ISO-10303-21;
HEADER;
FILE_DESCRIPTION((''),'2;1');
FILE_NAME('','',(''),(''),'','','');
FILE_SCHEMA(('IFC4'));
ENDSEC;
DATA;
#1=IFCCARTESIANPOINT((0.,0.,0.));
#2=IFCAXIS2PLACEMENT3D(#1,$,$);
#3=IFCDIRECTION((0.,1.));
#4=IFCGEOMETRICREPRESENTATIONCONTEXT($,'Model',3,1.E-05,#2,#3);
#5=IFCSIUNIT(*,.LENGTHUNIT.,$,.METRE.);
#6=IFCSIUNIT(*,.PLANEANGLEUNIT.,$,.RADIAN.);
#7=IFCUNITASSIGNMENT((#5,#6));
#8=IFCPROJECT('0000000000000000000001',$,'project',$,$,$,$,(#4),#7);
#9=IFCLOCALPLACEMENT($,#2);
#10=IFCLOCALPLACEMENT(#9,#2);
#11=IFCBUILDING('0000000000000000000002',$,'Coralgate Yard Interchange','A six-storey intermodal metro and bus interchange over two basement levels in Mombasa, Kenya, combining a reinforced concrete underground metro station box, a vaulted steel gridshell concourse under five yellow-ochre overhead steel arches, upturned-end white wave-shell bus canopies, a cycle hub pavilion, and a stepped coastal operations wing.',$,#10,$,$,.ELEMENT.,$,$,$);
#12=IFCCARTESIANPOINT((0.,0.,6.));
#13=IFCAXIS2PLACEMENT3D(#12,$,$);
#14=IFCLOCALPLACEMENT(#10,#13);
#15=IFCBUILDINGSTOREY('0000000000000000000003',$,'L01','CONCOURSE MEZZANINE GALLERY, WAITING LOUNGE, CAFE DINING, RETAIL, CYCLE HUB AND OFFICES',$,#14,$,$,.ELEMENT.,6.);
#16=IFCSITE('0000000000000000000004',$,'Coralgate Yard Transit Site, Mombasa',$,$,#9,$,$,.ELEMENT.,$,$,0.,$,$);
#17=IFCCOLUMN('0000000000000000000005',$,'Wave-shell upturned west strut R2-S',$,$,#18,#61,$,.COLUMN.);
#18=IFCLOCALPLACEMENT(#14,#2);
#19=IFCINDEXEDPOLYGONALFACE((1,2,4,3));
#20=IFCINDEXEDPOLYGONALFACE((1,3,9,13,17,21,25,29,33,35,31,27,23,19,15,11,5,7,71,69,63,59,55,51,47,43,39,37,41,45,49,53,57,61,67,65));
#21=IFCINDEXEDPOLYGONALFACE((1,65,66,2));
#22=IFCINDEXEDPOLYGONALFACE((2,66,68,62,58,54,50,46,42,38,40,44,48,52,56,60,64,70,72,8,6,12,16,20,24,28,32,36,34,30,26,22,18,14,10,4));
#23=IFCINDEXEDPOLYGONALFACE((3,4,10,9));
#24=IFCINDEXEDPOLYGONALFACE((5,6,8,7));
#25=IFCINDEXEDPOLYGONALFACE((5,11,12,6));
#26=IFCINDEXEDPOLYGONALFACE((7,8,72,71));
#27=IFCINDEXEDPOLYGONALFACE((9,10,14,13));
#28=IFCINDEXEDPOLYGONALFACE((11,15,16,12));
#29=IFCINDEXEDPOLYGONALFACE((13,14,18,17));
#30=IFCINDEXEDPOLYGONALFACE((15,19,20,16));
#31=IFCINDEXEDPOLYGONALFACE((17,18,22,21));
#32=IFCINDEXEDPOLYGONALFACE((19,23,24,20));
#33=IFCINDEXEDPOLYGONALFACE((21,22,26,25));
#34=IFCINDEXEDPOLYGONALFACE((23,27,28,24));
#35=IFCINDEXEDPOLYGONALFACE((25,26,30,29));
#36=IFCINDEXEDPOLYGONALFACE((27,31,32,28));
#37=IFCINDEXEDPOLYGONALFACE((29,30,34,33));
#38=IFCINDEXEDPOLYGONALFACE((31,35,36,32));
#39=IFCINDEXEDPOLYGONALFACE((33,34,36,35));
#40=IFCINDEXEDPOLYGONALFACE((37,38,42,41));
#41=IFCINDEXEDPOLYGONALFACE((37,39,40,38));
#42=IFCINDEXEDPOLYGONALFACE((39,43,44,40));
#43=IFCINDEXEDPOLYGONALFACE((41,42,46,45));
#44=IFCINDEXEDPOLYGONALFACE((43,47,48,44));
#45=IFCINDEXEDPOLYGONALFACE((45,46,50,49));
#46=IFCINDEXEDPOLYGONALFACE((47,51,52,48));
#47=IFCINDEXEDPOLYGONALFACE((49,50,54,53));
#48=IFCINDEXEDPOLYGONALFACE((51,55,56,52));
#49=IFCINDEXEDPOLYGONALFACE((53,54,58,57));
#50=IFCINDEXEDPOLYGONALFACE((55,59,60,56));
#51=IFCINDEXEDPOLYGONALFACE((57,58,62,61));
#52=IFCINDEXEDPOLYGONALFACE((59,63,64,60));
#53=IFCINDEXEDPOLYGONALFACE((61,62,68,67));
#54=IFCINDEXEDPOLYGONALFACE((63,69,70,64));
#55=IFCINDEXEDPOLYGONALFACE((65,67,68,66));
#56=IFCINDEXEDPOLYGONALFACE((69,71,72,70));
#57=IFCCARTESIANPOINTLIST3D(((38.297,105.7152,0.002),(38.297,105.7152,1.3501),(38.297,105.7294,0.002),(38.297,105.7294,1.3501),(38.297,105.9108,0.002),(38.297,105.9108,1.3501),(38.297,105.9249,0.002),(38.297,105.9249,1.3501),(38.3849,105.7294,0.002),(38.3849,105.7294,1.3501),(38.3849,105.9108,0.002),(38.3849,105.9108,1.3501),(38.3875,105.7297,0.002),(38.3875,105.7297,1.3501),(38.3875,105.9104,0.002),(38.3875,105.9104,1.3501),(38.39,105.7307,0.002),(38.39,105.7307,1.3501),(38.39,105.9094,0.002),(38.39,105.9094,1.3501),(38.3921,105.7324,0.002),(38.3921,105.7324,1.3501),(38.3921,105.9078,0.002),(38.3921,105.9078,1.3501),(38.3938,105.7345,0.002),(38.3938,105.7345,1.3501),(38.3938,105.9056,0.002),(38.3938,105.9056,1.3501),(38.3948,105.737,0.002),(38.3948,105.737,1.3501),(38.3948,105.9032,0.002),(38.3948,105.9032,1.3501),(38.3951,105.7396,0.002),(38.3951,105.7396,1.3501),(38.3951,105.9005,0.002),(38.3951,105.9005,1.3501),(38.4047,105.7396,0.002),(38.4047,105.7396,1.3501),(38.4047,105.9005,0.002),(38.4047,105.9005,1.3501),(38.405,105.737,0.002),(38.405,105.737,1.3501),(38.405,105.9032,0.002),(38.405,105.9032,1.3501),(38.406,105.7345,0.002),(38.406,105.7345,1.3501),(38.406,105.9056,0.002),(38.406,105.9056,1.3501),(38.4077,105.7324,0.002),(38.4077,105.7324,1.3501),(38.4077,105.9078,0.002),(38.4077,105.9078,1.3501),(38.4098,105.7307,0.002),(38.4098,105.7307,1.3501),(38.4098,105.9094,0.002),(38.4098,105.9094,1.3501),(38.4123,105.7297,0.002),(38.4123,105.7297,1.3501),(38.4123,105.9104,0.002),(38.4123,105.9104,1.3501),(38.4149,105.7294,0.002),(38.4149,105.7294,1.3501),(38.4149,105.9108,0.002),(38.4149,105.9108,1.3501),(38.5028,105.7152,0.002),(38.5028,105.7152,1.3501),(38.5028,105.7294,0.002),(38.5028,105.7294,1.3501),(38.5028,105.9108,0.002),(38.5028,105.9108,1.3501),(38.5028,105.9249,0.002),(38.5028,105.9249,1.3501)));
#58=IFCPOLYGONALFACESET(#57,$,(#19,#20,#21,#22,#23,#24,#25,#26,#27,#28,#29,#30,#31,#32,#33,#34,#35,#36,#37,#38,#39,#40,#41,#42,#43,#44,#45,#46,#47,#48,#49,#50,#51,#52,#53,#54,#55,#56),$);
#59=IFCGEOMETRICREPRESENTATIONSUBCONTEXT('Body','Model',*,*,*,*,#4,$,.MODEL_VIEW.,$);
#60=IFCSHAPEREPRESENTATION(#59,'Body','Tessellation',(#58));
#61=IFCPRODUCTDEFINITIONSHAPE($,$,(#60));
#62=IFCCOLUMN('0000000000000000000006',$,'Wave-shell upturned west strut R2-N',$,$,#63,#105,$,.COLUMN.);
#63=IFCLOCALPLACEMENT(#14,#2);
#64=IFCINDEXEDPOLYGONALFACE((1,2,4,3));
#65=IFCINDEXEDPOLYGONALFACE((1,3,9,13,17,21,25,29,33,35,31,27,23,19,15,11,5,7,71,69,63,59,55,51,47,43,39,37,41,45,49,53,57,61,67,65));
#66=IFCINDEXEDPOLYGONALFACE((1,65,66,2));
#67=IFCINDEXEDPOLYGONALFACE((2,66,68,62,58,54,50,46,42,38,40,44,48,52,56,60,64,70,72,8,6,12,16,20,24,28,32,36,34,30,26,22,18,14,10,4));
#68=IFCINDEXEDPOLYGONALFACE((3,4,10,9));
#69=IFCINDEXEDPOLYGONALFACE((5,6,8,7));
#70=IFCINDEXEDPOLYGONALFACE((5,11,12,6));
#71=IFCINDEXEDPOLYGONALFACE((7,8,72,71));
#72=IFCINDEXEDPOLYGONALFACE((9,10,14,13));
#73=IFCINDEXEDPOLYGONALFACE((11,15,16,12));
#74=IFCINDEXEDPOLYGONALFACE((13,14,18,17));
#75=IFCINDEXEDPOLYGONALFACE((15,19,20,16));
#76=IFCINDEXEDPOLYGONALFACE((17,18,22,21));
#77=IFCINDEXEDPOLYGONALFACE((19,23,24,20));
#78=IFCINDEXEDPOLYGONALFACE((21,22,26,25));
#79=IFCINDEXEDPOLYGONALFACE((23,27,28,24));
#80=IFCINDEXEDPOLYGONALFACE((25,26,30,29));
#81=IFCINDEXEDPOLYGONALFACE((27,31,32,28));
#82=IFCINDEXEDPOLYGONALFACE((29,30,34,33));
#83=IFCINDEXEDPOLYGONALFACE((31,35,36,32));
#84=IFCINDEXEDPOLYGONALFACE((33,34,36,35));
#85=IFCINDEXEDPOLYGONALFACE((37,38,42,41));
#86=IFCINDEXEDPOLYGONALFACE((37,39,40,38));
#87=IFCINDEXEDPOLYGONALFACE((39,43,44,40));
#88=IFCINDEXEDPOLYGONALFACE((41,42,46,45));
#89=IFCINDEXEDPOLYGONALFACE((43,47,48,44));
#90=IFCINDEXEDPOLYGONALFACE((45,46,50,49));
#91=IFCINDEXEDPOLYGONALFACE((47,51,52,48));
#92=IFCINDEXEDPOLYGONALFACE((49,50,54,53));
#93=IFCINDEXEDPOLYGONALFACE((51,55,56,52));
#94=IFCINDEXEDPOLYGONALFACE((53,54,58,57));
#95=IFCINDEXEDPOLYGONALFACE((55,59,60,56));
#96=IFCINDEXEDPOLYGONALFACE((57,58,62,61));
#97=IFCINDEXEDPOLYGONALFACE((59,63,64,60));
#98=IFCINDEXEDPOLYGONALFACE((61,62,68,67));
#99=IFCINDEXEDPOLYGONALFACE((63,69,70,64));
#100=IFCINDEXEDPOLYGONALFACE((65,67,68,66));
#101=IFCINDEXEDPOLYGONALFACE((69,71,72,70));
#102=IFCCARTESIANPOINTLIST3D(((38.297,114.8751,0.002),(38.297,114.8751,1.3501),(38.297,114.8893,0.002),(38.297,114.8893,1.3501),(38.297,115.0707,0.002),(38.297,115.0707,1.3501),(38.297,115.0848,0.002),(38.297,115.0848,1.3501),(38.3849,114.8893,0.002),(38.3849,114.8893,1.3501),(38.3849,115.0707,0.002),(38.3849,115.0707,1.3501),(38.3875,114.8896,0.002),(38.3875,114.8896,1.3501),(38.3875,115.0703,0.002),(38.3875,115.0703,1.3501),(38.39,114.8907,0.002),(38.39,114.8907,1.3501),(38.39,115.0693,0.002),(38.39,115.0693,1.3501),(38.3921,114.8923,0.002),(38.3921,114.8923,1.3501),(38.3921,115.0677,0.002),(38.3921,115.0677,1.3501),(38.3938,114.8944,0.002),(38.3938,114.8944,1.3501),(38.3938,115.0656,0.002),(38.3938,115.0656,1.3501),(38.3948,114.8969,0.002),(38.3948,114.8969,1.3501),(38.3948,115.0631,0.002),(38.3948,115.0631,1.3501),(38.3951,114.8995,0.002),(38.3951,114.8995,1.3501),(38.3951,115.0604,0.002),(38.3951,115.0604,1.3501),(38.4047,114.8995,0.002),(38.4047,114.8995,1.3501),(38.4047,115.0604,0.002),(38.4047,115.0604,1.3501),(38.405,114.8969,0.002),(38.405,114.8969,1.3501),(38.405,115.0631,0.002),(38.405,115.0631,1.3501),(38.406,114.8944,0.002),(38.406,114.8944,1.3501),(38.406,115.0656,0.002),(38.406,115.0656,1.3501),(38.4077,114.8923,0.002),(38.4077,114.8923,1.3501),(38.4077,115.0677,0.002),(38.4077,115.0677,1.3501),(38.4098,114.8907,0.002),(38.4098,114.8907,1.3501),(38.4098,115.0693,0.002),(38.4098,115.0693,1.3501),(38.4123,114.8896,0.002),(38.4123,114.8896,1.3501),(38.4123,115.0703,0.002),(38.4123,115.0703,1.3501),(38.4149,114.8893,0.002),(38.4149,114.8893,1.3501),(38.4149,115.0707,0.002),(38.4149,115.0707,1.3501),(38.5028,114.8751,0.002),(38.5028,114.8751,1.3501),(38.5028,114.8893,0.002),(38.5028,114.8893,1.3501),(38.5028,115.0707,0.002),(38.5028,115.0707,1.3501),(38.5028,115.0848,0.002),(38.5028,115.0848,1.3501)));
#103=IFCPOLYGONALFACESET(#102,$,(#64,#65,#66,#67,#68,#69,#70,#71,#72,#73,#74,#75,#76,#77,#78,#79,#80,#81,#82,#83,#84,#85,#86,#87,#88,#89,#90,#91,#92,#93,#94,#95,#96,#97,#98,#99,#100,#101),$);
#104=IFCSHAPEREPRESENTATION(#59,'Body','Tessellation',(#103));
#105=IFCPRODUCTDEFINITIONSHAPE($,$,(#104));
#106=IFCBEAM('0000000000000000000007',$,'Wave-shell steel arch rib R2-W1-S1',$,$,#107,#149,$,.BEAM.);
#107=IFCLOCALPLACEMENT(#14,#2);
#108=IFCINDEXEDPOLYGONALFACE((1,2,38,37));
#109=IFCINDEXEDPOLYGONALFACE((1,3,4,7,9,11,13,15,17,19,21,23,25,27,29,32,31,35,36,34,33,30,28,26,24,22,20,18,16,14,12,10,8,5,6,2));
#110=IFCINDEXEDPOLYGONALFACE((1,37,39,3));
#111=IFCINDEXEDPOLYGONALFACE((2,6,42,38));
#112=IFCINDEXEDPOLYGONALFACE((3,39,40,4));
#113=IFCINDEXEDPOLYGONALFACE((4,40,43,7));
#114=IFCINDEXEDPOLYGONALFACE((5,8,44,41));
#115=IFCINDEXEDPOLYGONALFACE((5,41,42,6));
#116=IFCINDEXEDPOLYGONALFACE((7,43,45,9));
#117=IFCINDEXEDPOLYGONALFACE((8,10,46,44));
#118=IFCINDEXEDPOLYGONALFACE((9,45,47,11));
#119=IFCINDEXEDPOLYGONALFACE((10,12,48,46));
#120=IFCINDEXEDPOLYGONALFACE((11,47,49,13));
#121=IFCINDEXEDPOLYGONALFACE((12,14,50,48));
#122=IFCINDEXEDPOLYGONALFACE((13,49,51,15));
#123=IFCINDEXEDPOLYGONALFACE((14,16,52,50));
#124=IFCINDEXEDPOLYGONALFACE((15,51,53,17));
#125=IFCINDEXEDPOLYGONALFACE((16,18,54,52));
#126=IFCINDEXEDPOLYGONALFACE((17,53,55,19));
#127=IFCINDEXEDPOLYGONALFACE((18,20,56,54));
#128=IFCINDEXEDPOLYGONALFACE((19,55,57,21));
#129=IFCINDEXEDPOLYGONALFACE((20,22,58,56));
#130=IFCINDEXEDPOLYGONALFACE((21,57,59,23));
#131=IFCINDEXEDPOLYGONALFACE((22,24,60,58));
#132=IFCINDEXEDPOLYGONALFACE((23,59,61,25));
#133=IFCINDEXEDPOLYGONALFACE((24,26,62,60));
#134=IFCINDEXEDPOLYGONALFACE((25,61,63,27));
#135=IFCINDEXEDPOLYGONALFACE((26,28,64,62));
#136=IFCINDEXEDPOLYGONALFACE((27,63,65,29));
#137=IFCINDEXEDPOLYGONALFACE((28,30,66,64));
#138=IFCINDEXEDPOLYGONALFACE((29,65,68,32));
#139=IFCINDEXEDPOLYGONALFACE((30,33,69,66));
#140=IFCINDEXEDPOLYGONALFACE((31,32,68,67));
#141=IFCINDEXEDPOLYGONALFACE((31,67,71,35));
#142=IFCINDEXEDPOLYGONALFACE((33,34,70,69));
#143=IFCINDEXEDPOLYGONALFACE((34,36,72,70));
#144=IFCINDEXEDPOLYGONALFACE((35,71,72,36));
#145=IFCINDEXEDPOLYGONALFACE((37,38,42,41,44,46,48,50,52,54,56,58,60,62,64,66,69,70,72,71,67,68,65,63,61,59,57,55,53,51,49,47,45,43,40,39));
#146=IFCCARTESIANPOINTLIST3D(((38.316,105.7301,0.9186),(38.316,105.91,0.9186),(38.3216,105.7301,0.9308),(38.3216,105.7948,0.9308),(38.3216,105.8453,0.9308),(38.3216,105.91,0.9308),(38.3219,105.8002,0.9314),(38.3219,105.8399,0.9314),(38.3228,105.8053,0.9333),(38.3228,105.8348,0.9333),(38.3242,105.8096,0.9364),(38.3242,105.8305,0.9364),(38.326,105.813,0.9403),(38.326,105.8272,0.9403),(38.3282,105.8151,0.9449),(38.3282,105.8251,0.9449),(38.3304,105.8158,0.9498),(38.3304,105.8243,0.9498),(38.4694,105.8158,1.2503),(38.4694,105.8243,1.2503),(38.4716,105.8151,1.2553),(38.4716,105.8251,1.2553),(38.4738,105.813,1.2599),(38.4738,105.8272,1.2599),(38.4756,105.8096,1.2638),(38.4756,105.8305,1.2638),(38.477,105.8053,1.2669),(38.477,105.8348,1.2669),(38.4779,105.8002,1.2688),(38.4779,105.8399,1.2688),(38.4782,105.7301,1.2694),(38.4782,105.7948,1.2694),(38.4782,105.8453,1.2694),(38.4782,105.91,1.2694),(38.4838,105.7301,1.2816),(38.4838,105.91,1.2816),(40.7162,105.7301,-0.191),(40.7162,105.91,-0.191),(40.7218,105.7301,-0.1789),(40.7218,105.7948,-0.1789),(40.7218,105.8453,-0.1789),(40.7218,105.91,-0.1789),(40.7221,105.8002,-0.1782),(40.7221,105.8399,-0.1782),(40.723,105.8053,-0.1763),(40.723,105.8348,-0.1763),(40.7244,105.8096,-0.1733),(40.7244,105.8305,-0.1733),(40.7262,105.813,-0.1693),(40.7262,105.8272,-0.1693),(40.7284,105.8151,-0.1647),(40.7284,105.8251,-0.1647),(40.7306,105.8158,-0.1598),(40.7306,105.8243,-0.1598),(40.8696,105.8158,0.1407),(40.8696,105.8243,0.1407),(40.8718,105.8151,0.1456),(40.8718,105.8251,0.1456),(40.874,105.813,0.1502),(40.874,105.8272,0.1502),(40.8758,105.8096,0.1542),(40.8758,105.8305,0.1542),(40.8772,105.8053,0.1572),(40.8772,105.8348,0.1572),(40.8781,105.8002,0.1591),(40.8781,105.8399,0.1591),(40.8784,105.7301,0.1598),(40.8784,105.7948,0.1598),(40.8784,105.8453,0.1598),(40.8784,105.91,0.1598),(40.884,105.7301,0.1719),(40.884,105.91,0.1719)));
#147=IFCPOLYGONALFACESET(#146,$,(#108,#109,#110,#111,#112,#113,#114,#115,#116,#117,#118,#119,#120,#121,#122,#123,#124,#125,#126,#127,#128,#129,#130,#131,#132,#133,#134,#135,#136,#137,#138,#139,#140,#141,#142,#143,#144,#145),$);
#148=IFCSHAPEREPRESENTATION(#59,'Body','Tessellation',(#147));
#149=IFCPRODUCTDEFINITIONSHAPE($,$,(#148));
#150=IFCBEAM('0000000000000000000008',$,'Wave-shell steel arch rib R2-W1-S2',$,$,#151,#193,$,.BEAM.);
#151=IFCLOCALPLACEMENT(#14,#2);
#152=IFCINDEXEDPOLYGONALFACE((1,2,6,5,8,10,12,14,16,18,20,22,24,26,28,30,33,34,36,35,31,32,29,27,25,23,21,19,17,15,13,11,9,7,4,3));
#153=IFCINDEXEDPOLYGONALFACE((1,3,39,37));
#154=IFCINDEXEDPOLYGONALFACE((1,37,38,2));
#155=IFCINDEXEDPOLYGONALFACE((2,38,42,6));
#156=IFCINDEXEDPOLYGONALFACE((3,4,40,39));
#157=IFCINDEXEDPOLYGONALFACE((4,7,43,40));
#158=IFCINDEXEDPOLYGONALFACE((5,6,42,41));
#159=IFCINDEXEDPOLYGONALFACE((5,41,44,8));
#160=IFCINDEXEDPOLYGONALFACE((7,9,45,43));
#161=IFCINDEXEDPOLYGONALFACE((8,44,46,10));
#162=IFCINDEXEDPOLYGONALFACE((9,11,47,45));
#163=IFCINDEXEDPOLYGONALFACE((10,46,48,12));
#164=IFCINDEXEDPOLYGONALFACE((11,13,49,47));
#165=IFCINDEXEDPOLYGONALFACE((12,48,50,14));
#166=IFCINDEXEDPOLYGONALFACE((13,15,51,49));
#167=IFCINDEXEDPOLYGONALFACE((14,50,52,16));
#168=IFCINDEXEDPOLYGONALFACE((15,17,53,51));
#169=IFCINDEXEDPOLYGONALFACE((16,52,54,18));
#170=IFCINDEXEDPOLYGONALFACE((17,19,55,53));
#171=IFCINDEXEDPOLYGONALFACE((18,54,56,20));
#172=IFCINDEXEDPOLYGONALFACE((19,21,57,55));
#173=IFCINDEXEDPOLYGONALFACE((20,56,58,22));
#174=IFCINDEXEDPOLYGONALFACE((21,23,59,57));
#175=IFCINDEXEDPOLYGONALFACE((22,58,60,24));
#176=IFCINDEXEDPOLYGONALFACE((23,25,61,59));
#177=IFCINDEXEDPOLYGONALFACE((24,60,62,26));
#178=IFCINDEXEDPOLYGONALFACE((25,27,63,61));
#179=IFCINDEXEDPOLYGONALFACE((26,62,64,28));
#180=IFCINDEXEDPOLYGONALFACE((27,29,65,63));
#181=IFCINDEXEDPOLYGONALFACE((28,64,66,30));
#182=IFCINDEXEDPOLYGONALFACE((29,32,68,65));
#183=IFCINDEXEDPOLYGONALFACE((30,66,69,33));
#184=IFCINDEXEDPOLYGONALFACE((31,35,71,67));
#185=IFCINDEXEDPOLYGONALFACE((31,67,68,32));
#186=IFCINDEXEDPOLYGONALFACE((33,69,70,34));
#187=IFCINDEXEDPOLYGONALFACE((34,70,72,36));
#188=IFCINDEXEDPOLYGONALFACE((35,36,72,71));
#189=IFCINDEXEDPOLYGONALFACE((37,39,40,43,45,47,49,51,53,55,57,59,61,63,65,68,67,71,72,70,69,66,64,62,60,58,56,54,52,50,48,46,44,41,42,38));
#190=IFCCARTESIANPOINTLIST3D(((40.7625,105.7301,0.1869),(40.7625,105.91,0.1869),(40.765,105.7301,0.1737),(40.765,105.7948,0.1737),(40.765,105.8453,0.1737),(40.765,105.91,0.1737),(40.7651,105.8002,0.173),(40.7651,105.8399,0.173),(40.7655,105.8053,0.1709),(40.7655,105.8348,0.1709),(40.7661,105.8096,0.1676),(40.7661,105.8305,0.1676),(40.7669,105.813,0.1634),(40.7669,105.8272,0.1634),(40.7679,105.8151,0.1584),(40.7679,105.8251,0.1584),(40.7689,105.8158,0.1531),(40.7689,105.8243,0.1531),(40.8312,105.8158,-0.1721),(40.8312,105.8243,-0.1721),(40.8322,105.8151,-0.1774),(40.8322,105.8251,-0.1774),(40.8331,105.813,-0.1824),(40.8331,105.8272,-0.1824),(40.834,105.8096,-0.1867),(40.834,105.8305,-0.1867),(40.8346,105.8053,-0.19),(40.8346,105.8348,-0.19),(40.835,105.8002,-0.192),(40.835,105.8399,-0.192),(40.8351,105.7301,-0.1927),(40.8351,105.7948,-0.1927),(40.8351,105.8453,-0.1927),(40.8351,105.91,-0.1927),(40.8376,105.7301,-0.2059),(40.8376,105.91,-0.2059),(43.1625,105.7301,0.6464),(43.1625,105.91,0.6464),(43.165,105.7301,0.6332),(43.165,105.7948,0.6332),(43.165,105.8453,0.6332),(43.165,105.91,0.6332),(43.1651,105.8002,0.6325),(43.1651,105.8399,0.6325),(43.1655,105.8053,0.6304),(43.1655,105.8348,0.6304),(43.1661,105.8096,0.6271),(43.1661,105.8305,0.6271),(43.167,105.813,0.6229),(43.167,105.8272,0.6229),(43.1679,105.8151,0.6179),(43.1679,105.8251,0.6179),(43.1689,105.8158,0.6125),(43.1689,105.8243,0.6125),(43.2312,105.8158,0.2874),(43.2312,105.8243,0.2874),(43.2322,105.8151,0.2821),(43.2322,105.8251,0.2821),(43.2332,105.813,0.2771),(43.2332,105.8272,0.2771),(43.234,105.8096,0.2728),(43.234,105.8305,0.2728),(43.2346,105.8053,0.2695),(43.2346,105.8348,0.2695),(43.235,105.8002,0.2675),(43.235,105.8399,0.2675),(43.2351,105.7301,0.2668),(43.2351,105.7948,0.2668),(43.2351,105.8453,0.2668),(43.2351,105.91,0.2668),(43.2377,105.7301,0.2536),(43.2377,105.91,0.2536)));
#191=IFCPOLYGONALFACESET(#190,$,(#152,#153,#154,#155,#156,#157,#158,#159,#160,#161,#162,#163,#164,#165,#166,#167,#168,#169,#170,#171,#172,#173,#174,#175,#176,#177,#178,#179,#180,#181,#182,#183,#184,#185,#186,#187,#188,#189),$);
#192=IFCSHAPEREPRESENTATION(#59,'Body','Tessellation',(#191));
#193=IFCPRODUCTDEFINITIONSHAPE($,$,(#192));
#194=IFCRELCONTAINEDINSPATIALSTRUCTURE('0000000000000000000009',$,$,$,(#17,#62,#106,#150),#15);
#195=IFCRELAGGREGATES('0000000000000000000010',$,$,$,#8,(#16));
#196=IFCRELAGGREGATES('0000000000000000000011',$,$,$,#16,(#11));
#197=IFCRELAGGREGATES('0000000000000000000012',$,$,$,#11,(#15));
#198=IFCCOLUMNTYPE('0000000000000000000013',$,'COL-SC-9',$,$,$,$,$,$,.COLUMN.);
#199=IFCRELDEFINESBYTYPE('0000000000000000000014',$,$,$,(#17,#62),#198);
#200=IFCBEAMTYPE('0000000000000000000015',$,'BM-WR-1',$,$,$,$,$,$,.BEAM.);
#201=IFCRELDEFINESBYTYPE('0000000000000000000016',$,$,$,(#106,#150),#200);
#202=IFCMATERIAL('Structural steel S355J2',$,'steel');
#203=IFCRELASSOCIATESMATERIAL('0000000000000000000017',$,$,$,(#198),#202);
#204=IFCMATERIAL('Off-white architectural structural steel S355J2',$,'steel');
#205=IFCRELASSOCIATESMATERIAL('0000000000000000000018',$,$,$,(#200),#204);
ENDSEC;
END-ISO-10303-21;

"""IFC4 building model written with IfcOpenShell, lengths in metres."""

from ifc_helpers import new_model, si_unit, direction, frame, origin, origin_2d, place, context, subcontext, project, spatial, i_section, extrude, material, material_profile, profile_set, type_object, element, save


model = new_model("IFC4")

# Units and contexts
model_context = context("Model", 3, precision=1e-05, world=origin(), true_north=direction((0.0, 1.0)))
body_context = subcontext(model_context, "Body", "Model", "MODEL_VIEW")
ifc_project = project(units=[si_unit("LENGTHUNIT", "METRE"), si_unit("PLANEANGLEUNIT", "RADIAN")], contexts=[model_context])

# Site, building, storey
site_placement = place(None, origin())
site = spatial("IfcSite", under=ifc_project, at=site_placement, Name="Coralgate Yard Transit Site, Mombasa", CompositionType="ELEMENT", RefElevation=0.0)
building_placement = place(site_placement, origin())
building = spatial("IfcBuilding", under=site, at=building_placement, Name="Coralgate Yard Interchange", Description="A six-storey intermodal metro and bus interchange over two basement levels in Mombasa, Kenya, combining a reinforced concrete underground metro station box, a vaulted steel gridshell concourse under five yellow-ochre overhead steel arches, upturned-end white wave-shell bus canopies, a cycle hub pavilion, and a stepped coastal operations wing.", CompositionType="ELEMENT")
storey_placement = place(building_placement, frame((0.0, 0.0, 6.0)))
storey = spatial("IfcBuildingStorey", under=building, at=storey_placement, Name="L01", Description="CONCOURSE MEZZANINE GALLERY, WAITING LOUNGE, CAFE DINING, RETAIL, CYCLE HUB AND OFFICES", CompositionType="ELEMENT", Elevation=6.0)

# Columns
ifc_material_1 = material(Name="Structural steel S355J2", Category="steel")
ifc_material_profile_1 = material_profile(ifc_material_1, i_section(OverallWidth=0.2058, OverallDepth=0.2097, WebThickness=0.0095, FlangeThickness=0.0142, FilletRadius=0.0103, at=origin_2d()), Name="UC 203x203x60")
ifc_profile_set_1 = profile_set([ifc_material_profile_1], Name="Structural steel S355J2")
column_type = type_object("IfcColumnType", Name="COL-SC-9", PredefinedType="COLUMN", material=ifc_profile_set_1)
for number, where, z_axis, x_axis, name in (
    (1, (38.3999, 105.8201, 0.002), (0.0, 0.0, 1.0), (1.0, 0.0, 0.0), "Wave-shell upturned west strut R2-S"),
    (2, (38.3999, 114.98, 0.002), (0.0, 0.0, 1.0), (1.0, 0.0, 0.0), "Wave-shell upturned west strut R2-N"),
):
    element("IfcColumn", number, at=place(storey_placement, frame(where, z_axis=z_axis, x_axis=x_axis)), inside=storey, type_object=column_type, Name=name, PredefinedType="COLUMN", context=body_context, shape_type="SweptSolid", body=[
        extrude(i_section(OverallWidth=0.2058, OverallDepth=0.2097, WebThickness=0.0095, FlangeThickness=0.0142, FilletRadius=0.0103, at=origin_2d()), origin(), (0.0, 0.0, 1.0), 1.3481),
    ])

# Beams
ifc_material_2 = material(Name="Off-white architectural structural steel S355J2", Category="steel")
ifc_material_profile_2 = material_profile(ifc_material_2, i_section(OverallWidth=0.1799, OverallDepth=0.3999, WebThickness=0.0085, FlangeThickness=0.0134, FilletRadius=0.021, at=origin_2d()), Name="IPE 400")
ifc_profile_set_2 = profile_set([ifc_material_profile_2], Name="Off-white architectural structural steel S355J2")
beam_type_1 = type_object("IfcBeamType", Name="BM-WR-1", PredefinedType="BEAM", material=ifc_profile_set_2)
beam_1_placement = place(storey_placement, frame((38.3999, 105.8201, 1.1001), z_axis=(0.907692, 0.0, -0.419638), x_axis=(0.0, 1.0, 0.0)))
element("IfcBeam", 3, at=beam_1_placement, inside=storey, type_object=beam_type_1, Name="Wave-shell steel arch rib R2-W1-S1", PredefinedType="BEAM", context=body_context, shape_type="SweptSolid", body=[
    extrude(i_section(OverallWidth=0.1799, OverallDepth=0.3999, WebThickness=0.0085, FlangeThickness=0.0134, FilletRadius=0.021, at=origin_2d()), origin(), (0.0, 0.0, 1.0), 2.6443),
])
beam_2_placement = place(storey_placement, frame((40.8, 105.8201, -0.0095), z_axis=(0.982161, 0.0, 0.188039), x_axis=(0.0, 1.0, 0.0)))
element("IfcBeam", 4, at=beam_2_placement, inside=storey, type_object=beam_type_1, Name="Wave-shell steel arch rib R2-W1-S2", PredefinedType="BEAM", context=body_context, shape_type="SweptSolid", body=[
    extrude(i_section(OverallWidth=0.1799, OverallDepth=0.3999, WebThickness=0.0085, FlangeThickness=0.0134, FilletRadius=0.021, at=origin_2d()), origin(), (0.0, 0.0, 1.0), 2.4436),
])

save(model, "model.ifc")
